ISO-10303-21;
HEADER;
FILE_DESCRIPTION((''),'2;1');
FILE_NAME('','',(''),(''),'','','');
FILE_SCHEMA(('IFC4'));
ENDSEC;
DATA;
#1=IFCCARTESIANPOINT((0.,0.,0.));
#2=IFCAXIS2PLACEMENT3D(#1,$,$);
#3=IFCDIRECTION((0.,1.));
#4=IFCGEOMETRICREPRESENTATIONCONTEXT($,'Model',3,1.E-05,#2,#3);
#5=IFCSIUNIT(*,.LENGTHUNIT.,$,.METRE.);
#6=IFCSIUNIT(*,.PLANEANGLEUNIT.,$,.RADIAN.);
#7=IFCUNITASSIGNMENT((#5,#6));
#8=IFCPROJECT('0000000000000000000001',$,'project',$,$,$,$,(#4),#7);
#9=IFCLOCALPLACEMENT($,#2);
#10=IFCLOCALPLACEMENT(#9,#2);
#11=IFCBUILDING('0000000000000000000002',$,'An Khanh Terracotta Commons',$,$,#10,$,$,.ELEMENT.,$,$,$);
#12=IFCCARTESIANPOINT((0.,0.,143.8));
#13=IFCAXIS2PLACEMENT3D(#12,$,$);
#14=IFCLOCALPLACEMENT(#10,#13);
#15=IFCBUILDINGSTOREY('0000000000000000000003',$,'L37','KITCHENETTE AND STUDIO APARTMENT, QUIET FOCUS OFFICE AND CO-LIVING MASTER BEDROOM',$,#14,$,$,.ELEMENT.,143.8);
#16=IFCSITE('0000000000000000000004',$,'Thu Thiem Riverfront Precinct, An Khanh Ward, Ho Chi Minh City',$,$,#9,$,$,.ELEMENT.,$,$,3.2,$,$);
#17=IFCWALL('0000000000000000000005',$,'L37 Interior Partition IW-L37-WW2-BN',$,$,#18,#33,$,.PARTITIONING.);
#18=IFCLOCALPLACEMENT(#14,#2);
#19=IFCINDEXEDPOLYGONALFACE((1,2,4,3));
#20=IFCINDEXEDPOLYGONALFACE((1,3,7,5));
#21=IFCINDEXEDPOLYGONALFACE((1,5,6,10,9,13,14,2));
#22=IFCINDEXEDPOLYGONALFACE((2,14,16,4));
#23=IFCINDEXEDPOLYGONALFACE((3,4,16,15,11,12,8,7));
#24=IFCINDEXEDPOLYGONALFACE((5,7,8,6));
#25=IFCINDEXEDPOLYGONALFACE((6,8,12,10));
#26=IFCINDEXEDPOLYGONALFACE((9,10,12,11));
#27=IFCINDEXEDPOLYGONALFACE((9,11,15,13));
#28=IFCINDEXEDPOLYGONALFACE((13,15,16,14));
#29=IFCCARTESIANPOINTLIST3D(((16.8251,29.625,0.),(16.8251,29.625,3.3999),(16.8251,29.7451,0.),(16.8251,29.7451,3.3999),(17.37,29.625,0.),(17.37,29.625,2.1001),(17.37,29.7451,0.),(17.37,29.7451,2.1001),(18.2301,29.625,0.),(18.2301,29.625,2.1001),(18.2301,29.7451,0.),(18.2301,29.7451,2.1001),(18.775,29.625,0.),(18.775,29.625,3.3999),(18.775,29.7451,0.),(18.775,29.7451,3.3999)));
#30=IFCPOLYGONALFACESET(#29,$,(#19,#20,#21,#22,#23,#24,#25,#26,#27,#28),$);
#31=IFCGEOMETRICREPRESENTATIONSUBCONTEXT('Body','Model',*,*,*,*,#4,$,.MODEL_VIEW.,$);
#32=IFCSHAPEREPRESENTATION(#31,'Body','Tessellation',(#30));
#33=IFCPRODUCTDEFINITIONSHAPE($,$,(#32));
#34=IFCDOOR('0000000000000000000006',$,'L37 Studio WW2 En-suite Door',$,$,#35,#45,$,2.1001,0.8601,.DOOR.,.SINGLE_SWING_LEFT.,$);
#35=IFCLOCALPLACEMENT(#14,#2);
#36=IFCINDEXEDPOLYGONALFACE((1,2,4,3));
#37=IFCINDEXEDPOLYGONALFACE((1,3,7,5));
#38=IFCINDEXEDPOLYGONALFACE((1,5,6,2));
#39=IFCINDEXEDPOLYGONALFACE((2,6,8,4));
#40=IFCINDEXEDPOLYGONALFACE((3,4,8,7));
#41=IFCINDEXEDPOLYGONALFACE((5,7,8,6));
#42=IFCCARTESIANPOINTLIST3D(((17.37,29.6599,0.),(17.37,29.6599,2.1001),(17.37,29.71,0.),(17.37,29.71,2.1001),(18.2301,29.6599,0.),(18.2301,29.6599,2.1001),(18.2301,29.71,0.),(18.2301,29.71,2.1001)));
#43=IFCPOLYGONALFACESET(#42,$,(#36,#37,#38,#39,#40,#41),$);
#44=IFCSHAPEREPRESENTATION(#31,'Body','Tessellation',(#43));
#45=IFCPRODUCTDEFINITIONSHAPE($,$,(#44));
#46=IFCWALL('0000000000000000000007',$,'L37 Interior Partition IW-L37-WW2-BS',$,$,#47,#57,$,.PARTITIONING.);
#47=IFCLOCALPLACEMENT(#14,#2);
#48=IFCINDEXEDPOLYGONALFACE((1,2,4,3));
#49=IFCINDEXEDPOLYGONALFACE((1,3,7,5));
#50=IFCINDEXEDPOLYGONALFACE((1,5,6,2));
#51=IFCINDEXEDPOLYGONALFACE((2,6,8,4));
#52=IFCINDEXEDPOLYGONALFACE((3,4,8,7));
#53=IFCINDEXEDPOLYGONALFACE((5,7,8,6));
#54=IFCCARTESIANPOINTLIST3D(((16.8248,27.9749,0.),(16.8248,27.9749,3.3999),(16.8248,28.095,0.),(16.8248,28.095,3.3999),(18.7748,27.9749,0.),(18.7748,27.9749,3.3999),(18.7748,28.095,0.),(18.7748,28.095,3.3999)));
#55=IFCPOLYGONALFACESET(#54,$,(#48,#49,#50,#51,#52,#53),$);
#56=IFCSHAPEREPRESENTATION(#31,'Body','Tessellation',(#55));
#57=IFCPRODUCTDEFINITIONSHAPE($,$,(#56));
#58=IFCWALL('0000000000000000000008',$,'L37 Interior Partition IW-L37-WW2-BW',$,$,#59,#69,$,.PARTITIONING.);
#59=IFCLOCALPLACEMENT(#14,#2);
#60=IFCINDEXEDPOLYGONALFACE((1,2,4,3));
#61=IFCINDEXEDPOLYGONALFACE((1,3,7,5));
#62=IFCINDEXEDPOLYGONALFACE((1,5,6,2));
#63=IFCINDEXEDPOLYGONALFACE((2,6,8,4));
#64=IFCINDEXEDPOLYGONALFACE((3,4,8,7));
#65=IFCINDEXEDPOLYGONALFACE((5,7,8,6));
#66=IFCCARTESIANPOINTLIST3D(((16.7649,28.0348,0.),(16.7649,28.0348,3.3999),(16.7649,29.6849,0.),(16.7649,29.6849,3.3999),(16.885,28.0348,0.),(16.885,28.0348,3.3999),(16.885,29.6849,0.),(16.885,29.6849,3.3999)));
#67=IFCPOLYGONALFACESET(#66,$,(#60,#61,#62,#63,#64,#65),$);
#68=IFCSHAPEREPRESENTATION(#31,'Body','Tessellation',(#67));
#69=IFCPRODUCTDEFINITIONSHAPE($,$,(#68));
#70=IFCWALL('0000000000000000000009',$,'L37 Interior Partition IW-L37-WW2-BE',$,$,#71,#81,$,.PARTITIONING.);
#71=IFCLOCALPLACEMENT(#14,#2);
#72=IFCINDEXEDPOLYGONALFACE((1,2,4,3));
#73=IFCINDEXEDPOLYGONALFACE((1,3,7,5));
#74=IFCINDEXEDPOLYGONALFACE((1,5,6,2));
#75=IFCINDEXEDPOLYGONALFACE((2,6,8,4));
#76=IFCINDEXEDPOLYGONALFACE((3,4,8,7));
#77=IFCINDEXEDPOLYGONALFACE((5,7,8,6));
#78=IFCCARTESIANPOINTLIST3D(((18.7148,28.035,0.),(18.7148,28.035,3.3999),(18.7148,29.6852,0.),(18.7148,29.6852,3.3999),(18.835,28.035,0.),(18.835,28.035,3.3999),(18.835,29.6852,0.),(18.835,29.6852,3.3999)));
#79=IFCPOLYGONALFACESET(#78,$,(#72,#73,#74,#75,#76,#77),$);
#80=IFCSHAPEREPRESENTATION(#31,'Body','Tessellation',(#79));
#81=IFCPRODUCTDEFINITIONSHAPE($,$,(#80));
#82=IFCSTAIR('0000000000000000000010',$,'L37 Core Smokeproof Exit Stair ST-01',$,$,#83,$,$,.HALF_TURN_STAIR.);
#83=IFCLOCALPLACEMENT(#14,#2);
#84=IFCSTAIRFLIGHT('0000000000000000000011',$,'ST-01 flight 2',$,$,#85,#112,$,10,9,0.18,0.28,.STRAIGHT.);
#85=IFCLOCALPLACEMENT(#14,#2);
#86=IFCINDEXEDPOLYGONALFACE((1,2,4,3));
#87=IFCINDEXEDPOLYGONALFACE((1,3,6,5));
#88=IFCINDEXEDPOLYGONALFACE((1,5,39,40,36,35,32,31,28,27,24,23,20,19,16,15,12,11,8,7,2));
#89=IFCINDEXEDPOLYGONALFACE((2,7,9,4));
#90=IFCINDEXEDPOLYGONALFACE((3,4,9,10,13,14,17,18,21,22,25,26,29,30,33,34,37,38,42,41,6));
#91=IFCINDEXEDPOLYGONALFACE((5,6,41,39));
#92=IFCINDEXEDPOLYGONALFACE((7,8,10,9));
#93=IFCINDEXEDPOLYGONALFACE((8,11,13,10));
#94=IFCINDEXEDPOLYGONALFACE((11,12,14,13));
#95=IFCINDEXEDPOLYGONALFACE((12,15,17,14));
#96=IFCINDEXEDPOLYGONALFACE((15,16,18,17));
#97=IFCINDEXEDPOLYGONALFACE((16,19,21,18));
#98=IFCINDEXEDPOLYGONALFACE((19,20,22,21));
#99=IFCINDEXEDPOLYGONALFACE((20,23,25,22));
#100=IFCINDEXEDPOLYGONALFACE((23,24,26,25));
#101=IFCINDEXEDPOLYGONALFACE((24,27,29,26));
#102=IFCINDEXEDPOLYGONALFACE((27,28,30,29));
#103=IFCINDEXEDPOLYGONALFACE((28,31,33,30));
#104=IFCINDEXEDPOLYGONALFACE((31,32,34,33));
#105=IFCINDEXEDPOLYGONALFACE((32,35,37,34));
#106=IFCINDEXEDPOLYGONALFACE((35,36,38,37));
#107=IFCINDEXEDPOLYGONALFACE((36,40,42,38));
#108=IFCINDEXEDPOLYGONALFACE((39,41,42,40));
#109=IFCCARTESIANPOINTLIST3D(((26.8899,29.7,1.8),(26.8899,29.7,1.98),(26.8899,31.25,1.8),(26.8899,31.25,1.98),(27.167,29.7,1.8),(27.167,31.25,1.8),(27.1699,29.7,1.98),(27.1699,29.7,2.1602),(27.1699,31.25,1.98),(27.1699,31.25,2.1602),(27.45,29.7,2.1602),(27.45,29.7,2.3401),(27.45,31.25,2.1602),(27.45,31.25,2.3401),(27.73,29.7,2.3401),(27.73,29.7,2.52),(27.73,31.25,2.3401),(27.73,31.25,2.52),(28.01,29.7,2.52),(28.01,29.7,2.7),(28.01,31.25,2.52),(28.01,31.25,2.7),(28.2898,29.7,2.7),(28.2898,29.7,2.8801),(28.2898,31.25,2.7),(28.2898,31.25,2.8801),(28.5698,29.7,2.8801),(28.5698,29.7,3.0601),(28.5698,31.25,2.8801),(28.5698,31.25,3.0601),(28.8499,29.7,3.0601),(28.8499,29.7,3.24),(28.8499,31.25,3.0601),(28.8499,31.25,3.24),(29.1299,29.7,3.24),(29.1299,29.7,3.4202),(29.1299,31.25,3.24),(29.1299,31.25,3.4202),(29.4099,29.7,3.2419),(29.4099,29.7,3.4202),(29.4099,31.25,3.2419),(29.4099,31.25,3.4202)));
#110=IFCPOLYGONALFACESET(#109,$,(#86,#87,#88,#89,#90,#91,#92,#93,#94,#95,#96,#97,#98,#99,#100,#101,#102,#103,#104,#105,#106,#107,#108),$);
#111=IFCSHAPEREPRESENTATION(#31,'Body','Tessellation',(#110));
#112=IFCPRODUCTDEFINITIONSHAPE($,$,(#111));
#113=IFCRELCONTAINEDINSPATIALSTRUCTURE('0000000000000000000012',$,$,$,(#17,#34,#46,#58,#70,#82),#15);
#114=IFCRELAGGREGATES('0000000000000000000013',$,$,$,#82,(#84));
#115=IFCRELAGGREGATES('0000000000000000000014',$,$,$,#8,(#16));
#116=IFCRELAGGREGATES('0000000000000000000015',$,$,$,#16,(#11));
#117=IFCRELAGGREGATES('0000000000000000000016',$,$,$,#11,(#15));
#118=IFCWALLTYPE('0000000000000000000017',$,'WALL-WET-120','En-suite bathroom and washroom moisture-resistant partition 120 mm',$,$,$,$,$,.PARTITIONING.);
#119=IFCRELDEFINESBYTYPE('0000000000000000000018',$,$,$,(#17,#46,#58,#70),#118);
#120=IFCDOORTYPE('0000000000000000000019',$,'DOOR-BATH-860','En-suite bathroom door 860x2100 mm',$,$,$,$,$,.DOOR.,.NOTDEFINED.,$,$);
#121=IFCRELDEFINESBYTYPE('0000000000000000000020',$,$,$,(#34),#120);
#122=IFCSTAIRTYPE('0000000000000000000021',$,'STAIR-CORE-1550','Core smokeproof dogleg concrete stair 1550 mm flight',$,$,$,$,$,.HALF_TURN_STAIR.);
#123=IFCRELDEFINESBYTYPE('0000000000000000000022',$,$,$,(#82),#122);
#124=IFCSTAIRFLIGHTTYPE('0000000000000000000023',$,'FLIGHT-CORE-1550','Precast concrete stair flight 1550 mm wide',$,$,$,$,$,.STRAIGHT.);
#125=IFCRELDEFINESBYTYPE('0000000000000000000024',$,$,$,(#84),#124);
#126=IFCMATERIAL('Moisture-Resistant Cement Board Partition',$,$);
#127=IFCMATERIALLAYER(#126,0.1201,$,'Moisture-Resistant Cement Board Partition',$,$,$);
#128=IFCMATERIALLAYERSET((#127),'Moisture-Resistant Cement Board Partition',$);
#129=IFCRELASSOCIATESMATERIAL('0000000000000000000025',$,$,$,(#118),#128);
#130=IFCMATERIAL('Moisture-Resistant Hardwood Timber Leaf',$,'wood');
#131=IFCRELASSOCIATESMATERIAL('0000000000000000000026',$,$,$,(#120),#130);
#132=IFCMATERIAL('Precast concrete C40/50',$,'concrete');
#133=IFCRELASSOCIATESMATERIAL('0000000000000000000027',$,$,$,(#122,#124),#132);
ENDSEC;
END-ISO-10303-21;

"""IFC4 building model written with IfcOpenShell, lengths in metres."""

from ifc_helpers import new_model, si_unit, direction, frame, frame_2d, origin, place, context, subcontext, project, spatial, polyline, rectangle, outline, extrude, material, layer, layer_set, type_object, element, fill, aggregate, save


model = new_model("IFC4")

# Units and contexts
model_context = context("Model", 3, precision=1e-05, world=origin(), true_north=direction((0.0, 1.0)))
body_context = subcontext(model_context, "Body", "Model", "MODEL_VIEW")
ifc_project = project(units=[si_unit("LENGTHUNIT", "METRE"), si_unit("PLANEANGLEUNIT", "RADIAN")], contexts=[model_context])

# Site, building, storey
site_placement = place(None, origin())
site = spatial("IfcSite", under=ifc_project, at=site_placement, Name="Thu Thiem Riverfront Precinct, An Khanh Ward, Ho Chi Minh City", CompositionType="ELEMENT", RefElevation=3.2)
building_placement = place(site_placement, origin())
building = spatial("IfcBuilding", under=site, at=building_placement, Name="An Khanh Terracotta Commons", CompositionType="ELEMENT")
storey_placement = place(building_placement, frame((0.0, 0.0, 143.8)))
storey = spatial("IfcBuildingStorey", under=building, at=storey_placement, Name="L37", Description="KITCHENETTE AND STUDIO APARTMENT, QUIET FOCUS OFFICE AND CO-LIVING MASTER BEDROOM", CompositionType="ELEMENT", Elevation=143.8)

# Wall, opening, door
ifc_material_1 = material(Name="Moisture-Resistant Cement Board Partition")
ifc_layer_1 = layer(ifc_material_1, 0.1201, Name="Moisture-Resistant Cement Board Partition")
ifc_layer_set_1 = layer_set([ifc_layer_1], Name="Moisture-Resistant Cement Board Partition")
wall_type_1 = type_object("IfcWallType", Name="WALL-WET-120", Description="En-suite bathroom and washroom moisture-resistant partition 120 mm", PredefinedType="PARTITIONING", material=ifc_layer_set_1)
wall_1_placement = place(storey_placement, frame((16.825, 29.6851, 0.0), z_axis=(0.0, 0.0, 1.0), x_axis=(1.0, 0.0, 0.0)))
wall_1 = element("IfcWall", 1, at=wall_1_placement, inside=storey, type_object=wall_type_1, Name="L37 Interior Partition IW-L37-WW2-BN", PredefinedType="PARTITIONING", context=body_context, shape_type="SweptSolid", body=[
    extrude(rectangle(XDim=1.95, YDim=0.1201, at=frame_2d((0.9751, 0.0))), origin(), (0.0, 0.0, 1.0), 3.3999),
])
opening_1_placement = place(wall_1_placement, frame((0.5449, 0.0, 0.0)))
opening_1 = element("IfcOpeningElement", 2, at=opening_1_placement, cuts=wall_1, PredefinedType="OPENING", context=body_context, shape_type="SweptSolid", body=[
    extrude(rectangle(XDim=0.8601, YDim=2.1001, at=frame_2d((0.4302, 1.05))), frame((0.0, 0.0701, 0.0), z_axis=(0.0, -1.0, 0.0), x_axis=(1.0, 0.0, 0.0)), (0.0, 0.0, 1.0), 0.1401),
])
ifc_material_2 = material(Name="Moisture-Resistant Hardwood Timber Leaf", Category="wood")
door_type_1 = type_object("IfcDoorType", Name="DOOR-BATH-860", Description="En-suite bathroom door 860x2100 mm", OperationType="NOTDEFINED", PredefinedType="DOOR", material=ifc_material_2)
door_1_placement = place(opening_1_placement, origin())
door_1 = element("IfcDoor", 3, at=door_1_placement, inside=storey, type_object=door_type_1, Name="L37 Studio WW2 En-suite Door", OperationType="SINGLE_SWING_LEFT", OverallHeight=2.1001, OverallWidth=0.8601, PredefinedType="DOOR", context=body_context, shape_type="SweptSolid", body=[
    extrude(rectangle(XDim=0.8601, YDim=2.1001, at=frame_2d((0.4302, 1.05))), frame((0.0, 0.0249, 0.0), z_axis=(0.0, -1.0, 0.0), x_axis=(1.0, 0.0, 0.0)), (0.0, 0.0, 1.0), 0.05),
])
fill(opening_1, door_1)

# Walls
wall_2_placement = place(storey_placement, frame((18.7749, 28.0349, 0.0), z_axis=(0.0, 0.0, 1.0), x_axis=(-1.0, 0.0, 0.0)))
element("IfcWall", 4, at=wall_2_placement, inside=storey, type_object=wall_type_1, Name="L37 Interior Partition IW-L37-WW2-BS", PredefinedType="PARTITIONING", context=body_context, shape_type="SweptSolid", body=[
    extrude(rectangle(XDim=1.95, YDim=0.1201, at=frame_2d((0.9751, 0.0))), origin(), (0.0, 0.0, 1.0), 3.3999),
])
for number, where, z_axis, x_axis, name in (
    (5, (16.825, 29.6851, 0.0), (0.0, 0.0, 1.0), (0.0, -1.0, 0.0), "L37 Interior Partition IW-L37-WW2-BW"),
    (6, (18.7749, 28.0349, 0.0), (0.0, 0.0, 1.0), (0.0, 1.0, 0.0), "L37 Interior Partition IW-L37-WW2-BE"),
):
    element("IfcWall", number, at=place(storey_placement, frame(where, z_axis=z_axis, x_axis=x_axis)), inside=storey, type_object=wall_type_1, Name=name, PredefinedType="PARTITIONING", context=body_context, shape_type="SweptSolid", body=[
        extrude(rectangle(XDim=1.6501, YDim=0.1201, at=frame_2d((0.8252, 0.0))), origin(), (0.0, 0.0, 1.0), 3.3999),
    ])

# Stair, stair flight
ifc_material_3 = material(Name="Precast concrete C40/50", Category="concrete")
stair_type = type_object("IfcStairType", Name="STAIR-CORE-1550", Description="Core smokeproof dogleg concrete stair 1550 mm flight", PredefinedType="HALF_TURN_STAIR", material=ifc_material_3)
stair_placement = place(storey_placement, origin())
stair = element("IfcStair", 7, at=stair_placement, inside=storey, type_object=stair_type, Name="L37 Core Smokeproof Exit Stair ST-01", PredefinedType="HALF_TURN_STAIR")
stair_flight_type = type_object("IfcStairFlightType", Name="FLIGHT-CORE-1550", Description="Precast concrete stair flight 1550 mm wide", PredefinedType="STRAIGHT", material=ifc_material_3)
stair_flight_placement = place(storey_placement, frame((26.8899, 30.4751, 1.8), z_axis=(0.0, 0.0, 1.0), x_axis=(1.0, 0.0, 0.0)))
stair_flight = element("IfcStairFlight", 8, at=stair_flight_placement, type_object=stair_flight_type, Name="ST-01 flight 2", NumberOfRisers=10, NumberOfTreads=9, PredefinedType="STRAIGHT", RiserHeight=0.18, TreadLength=0.28, context=body_context, shape_type="SweptSolid", body=[
    extrude(outline(polyline([(0.0, 0.0), (0.0, 0.1799), (0.28, 0.1799), (0.28, 0.3601), (0.5601, 0.3601), (0.5601, 0.54), (0.8401, 0.54), (0.8401, 0.72), (1.1201, 0.72), (1.1201, 0.8999), (1.3999, 0.8999), (1.3999, 1.0801), (1.6799, 1.0801), (1.6799, 1.26), (1.96, 1.26), (1.96, 1.4399), (2.24, 1.4399), (2.24, 1.6201), (2.52, 1.6201), (2.52, 1.8), (2.52, 1.4419), (0.2771, 0.0), (0.0, 0.0)])), frame((0.0, 0.7749, 0.0), z_axis=(0.0, -1.0, 0.0), x_axis=(1.0, 0.0, 0.0)), (0.0, 0.0, 1.0), 1.55),
])
aggregate(stair, [stair_flight])

save(model, "model.ifc")
